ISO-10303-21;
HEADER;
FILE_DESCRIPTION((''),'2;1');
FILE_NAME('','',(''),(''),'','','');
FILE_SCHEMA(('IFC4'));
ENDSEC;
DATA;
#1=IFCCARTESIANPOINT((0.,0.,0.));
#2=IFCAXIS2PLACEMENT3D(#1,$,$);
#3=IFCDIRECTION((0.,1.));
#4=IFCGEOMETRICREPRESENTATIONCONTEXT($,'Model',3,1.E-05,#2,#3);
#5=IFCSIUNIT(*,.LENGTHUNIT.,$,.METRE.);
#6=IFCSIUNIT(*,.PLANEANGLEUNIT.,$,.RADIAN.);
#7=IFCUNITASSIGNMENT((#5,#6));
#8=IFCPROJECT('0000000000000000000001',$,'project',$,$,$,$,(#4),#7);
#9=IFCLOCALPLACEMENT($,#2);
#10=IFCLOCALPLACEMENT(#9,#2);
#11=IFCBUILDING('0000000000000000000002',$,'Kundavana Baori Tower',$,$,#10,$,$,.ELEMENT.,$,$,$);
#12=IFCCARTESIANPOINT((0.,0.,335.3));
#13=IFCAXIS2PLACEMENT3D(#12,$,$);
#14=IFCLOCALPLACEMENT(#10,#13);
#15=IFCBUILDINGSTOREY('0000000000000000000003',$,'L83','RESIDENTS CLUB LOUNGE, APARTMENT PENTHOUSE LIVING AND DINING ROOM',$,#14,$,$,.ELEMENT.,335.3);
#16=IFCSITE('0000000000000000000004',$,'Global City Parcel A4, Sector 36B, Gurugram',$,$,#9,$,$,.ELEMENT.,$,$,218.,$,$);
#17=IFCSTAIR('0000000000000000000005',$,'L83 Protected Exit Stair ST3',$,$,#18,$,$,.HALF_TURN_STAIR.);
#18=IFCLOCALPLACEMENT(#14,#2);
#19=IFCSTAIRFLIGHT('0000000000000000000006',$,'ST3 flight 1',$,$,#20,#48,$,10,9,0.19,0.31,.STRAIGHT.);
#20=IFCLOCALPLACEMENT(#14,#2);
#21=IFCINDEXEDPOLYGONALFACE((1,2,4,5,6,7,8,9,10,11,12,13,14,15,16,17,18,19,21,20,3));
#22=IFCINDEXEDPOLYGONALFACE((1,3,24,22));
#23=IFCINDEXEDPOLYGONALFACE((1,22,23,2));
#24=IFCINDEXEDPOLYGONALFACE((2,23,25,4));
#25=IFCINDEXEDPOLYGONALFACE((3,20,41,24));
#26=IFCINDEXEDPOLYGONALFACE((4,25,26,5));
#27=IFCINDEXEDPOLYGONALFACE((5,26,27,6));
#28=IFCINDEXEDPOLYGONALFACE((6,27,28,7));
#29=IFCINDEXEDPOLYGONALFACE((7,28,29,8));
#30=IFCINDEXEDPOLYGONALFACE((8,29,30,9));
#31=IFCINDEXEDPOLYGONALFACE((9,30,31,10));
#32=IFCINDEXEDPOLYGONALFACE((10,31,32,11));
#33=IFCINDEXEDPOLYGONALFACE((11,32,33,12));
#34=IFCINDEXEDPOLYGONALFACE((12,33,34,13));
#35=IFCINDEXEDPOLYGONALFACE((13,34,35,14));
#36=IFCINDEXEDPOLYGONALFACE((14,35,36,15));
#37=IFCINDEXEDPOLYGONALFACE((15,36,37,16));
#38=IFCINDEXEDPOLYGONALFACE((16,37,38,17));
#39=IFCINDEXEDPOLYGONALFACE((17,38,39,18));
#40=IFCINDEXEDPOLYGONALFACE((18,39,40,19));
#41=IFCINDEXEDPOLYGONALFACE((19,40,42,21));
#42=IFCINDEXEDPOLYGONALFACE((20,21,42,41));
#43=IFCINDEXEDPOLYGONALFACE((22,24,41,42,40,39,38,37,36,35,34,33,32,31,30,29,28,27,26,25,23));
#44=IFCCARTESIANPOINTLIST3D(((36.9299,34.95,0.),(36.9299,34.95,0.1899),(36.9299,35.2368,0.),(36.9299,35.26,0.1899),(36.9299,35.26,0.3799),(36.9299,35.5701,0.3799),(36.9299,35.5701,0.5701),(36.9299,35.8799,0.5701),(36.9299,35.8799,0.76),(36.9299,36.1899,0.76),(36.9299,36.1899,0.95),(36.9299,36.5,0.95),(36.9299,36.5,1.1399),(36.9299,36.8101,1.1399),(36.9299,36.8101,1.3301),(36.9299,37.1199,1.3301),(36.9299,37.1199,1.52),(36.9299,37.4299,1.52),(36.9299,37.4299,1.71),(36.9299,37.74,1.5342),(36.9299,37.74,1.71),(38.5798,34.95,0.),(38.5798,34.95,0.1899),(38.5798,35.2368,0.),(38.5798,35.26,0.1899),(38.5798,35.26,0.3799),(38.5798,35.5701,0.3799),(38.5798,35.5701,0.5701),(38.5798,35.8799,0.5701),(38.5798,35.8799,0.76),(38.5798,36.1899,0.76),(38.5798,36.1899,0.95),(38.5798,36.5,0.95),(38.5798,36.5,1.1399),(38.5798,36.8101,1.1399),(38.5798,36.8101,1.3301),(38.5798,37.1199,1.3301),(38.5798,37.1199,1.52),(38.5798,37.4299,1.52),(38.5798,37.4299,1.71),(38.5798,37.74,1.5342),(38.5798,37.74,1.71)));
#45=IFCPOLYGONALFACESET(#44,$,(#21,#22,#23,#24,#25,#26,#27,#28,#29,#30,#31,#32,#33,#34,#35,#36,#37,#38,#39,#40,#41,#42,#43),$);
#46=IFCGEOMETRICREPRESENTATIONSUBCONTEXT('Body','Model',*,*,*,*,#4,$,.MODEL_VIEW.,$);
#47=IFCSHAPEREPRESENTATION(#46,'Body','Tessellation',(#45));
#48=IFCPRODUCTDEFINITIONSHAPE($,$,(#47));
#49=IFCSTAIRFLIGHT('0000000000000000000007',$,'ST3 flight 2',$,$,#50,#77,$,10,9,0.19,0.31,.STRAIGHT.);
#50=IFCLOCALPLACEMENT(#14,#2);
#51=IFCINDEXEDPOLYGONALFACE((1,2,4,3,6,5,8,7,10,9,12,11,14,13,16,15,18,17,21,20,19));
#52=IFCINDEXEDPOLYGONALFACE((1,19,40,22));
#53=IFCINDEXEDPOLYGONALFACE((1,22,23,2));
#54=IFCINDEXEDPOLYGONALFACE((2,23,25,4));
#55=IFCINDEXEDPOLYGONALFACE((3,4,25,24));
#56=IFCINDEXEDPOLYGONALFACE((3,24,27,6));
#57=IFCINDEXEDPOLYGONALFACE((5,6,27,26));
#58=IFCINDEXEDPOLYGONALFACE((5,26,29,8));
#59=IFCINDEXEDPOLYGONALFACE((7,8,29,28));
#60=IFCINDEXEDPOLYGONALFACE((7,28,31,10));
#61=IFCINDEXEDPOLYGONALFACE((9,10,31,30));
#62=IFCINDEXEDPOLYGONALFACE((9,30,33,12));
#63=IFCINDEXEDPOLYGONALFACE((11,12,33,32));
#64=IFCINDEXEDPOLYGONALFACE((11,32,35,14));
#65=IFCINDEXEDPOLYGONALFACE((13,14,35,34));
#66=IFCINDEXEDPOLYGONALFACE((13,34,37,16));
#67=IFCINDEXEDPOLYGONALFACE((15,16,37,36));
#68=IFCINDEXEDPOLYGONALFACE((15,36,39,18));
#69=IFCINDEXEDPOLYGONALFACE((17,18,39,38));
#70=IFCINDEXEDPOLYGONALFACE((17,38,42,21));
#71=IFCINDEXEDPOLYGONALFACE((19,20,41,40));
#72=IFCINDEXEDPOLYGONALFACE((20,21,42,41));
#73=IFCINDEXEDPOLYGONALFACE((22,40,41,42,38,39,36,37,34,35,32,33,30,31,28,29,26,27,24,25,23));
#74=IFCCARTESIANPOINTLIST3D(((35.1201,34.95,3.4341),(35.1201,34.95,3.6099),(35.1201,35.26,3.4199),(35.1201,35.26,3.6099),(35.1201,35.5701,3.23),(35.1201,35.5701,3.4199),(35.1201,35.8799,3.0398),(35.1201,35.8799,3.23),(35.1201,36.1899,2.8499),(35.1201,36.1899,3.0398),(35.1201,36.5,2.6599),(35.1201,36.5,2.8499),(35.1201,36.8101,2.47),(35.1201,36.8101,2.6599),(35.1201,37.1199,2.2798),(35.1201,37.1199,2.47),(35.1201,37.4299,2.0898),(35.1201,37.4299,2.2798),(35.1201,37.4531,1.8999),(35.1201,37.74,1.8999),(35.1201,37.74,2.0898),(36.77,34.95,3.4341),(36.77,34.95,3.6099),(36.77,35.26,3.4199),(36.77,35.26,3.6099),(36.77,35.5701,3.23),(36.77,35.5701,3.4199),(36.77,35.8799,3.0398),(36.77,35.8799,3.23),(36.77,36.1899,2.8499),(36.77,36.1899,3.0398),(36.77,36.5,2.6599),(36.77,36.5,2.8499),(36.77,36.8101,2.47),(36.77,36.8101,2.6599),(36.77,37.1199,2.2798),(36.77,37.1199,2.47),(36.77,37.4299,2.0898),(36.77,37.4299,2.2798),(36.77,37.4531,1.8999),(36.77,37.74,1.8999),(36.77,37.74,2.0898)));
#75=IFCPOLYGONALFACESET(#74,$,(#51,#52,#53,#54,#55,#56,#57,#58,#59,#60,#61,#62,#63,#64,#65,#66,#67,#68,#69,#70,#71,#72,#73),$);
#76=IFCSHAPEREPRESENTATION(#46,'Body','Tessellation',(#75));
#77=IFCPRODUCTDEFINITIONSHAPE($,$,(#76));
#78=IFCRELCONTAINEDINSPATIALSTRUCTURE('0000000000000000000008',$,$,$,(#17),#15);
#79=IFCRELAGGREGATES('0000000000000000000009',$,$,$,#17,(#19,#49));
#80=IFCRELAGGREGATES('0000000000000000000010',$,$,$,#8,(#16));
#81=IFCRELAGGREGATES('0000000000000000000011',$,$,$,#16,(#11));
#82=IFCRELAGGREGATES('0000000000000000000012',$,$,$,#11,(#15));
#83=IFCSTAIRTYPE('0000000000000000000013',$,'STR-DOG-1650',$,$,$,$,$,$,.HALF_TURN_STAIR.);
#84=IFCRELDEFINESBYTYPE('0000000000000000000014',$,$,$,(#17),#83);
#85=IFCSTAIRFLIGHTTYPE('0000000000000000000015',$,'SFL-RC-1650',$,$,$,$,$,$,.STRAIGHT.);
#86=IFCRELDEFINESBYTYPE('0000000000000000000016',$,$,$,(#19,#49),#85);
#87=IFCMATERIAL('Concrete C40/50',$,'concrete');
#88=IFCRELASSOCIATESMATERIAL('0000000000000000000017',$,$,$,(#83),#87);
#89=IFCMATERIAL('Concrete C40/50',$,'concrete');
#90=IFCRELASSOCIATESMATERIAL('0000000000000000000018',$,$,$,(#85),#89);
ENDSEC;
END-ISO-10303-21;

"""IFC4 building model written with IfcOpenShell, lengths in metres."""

from ifc_helpers import new_model, si_unit, direction, frame, origin, place, context, subcontext, project, spatial, polyline, outline, extrude, material, type_object, element, aggregate, save


model = new_model("IFC4")

# Units and contexts
model_context = context("Model", 3, precision=1e-05, world=origin(), true_north=direction((0.0, 1.0)))
body_context = subcontext(model_context, "Body", "Model", "MODEL_VIEW")
ifc_project = project(units=[si_unit("LENGTHUNIT", "METRE"), si_unit("PLANEANGLEUNIT", "RADIAN")], contexts=[model_context])

# Site, building, storey
site_placement = place(None, origin())
site = spatial("IfcSite", under=ifc_project, at=site_placement, Name="Global City Parcel A4, Sector 36B, Gurugram", CompositionType="ELEMENT", RefElevation=218.0)
building_placement = place(site_placement, origin())
building = spatial("IfcBuilding", under=site, at=building_placement, Name="Kundavana Baori Tower", CompositionType="ELEMENT")
storey_placement = place(building_placement, frame((0.0, 0.0, 335.3)))
storey = spatial("IfcBuildingStorey", under=building, at=storey_placement, Name="L83", Description="RESIDENTS CLUB LOUNGE, APARTMENT PENTHOUSE LIVING AND DINING ROOM", CompositionType="ELEMENT", Elevation=335.3)

# Stair, stair flights
ifc_material_1 = material(Name="Concrete C40/50", Category="concrete")
stair_type = type_object("IfcStairType", Name="STR-DOG-1650", PredefinedType="HALF_TURN_STAIR", material=ifc_material_1)
stair_placement = place(storey_placement, origin())
stair = element("IfcStair", 1, at=stair_placement, inside=storey, type_object=stair_type, Name="L83 Protected Exit Stair ST3", PredefinedType="HALF_TURN_STAIR")
ifc_material_2 = material(Name="Concrete C40/50", Category="concrete")
stair_flight_type = type_object("IfcStairFlightType", Name="SFL-RC-1650", PredefinedType="STRAIGHT", material=ifc_material_2)
stair_flight_1_placement = place(storey_placement, frame((37.7549, 34.95, 0.0), z_axis=(0.0, 0.0, 1.0), x_axis=(0.0, 1.0, 0.0)))
stair_flight_1 = element("IfcStairFlight", 2, at=stair_flight_1_placement, type_object=stair_flight_type, Name="ST3 flight 1", NumberOfRisers=10, NumberOfTreads=9, PredefinedType="STRAIGHT", RiserHeight=0.19, TreadLength=0.31, context=body_context, shape_type="SweptSolid", body=[
    extrude(outline(polyline([(0.0, 0.0), (0.0, 0.1899), (0.3101, 0.1899), (0.3101, 0.3799), (0.6201, 0.3799), (0.6201, 0.5701), (0.9299, 0.5701), (0.9299, 0.76), (1.24, 0.76), (1.24, 0.95), (1.55, 0.95), (1.55, 1.1399), (1.8601, 1.1399), (1.8601, 1.3301), (2.1699, 1.3301), (2.1699, 1.52), (2.48, 1.52), (2.48, 1.71), (2.79, 1.71), (2.79, 1.8999), (2.79, 1.5342), (0.2869, 0.0), (0.0, 0.0)])), frame((0.0, 0.825, 0.0), z_axis=(0.0, -1.0, 0.0), x_axis=(1.0, 0.0, 0.0)), (0.0, 0.0, 1.0), 1.6499),
])
stair_flight_2_placement = place(storey_placement, frame((35.9451, 37.74, 1.8999), z_axis=(0.0, 0.0, 1.0), x_axis=(0.0, -1.0, 0.0)))
stair_flight_2 = element("IfcStairFlight", 3, at=stair_flight_2_placement, type_object=stair_flight_type, Name="ST3 flight 2", NumberOfRisers=10, NumberOfTreads=9, PredefinedType="STRAIGHT", RiserHeight=0.19, TreadLength=0.31, context=body_context, shape_type="SweptSolid", body=[
    extrude(outline(polyline([(0.0, 0.0), (0.0, 0.1899), (0.3101, 0.1899), (0.3101, 0.3799), (0.6201, 0.3799), (0.6201, 0.5701), (0.9299, 0.5701), (0.9299, 0.76), (1.24, 0.76), (1.24, 0.95), (1.55, 0.95), (1.55, 1.1399), (1.8601, 1.1399), (1.8601, 1.3301), (2.1699, 1.3301), (2.1699, 1.52), (2.48, 1.52), (2.48, 1.71), (2.79, 1.71), (2.79, 1.8999), (2.79, 1.5342), (0.2869, 0.0), (0.0, 0.0)])), frame((0.0, 0.825, 0.0), z_axis=(0.0, -1.0, 0.0), x_axis=(1.0, 0.0, 0.0)), (0.0, 0.0, 1.0), 1.6499),
])
aggregate(stair, [stair_flight_1, stair_flight_2])

save(model, "model.ifc")
